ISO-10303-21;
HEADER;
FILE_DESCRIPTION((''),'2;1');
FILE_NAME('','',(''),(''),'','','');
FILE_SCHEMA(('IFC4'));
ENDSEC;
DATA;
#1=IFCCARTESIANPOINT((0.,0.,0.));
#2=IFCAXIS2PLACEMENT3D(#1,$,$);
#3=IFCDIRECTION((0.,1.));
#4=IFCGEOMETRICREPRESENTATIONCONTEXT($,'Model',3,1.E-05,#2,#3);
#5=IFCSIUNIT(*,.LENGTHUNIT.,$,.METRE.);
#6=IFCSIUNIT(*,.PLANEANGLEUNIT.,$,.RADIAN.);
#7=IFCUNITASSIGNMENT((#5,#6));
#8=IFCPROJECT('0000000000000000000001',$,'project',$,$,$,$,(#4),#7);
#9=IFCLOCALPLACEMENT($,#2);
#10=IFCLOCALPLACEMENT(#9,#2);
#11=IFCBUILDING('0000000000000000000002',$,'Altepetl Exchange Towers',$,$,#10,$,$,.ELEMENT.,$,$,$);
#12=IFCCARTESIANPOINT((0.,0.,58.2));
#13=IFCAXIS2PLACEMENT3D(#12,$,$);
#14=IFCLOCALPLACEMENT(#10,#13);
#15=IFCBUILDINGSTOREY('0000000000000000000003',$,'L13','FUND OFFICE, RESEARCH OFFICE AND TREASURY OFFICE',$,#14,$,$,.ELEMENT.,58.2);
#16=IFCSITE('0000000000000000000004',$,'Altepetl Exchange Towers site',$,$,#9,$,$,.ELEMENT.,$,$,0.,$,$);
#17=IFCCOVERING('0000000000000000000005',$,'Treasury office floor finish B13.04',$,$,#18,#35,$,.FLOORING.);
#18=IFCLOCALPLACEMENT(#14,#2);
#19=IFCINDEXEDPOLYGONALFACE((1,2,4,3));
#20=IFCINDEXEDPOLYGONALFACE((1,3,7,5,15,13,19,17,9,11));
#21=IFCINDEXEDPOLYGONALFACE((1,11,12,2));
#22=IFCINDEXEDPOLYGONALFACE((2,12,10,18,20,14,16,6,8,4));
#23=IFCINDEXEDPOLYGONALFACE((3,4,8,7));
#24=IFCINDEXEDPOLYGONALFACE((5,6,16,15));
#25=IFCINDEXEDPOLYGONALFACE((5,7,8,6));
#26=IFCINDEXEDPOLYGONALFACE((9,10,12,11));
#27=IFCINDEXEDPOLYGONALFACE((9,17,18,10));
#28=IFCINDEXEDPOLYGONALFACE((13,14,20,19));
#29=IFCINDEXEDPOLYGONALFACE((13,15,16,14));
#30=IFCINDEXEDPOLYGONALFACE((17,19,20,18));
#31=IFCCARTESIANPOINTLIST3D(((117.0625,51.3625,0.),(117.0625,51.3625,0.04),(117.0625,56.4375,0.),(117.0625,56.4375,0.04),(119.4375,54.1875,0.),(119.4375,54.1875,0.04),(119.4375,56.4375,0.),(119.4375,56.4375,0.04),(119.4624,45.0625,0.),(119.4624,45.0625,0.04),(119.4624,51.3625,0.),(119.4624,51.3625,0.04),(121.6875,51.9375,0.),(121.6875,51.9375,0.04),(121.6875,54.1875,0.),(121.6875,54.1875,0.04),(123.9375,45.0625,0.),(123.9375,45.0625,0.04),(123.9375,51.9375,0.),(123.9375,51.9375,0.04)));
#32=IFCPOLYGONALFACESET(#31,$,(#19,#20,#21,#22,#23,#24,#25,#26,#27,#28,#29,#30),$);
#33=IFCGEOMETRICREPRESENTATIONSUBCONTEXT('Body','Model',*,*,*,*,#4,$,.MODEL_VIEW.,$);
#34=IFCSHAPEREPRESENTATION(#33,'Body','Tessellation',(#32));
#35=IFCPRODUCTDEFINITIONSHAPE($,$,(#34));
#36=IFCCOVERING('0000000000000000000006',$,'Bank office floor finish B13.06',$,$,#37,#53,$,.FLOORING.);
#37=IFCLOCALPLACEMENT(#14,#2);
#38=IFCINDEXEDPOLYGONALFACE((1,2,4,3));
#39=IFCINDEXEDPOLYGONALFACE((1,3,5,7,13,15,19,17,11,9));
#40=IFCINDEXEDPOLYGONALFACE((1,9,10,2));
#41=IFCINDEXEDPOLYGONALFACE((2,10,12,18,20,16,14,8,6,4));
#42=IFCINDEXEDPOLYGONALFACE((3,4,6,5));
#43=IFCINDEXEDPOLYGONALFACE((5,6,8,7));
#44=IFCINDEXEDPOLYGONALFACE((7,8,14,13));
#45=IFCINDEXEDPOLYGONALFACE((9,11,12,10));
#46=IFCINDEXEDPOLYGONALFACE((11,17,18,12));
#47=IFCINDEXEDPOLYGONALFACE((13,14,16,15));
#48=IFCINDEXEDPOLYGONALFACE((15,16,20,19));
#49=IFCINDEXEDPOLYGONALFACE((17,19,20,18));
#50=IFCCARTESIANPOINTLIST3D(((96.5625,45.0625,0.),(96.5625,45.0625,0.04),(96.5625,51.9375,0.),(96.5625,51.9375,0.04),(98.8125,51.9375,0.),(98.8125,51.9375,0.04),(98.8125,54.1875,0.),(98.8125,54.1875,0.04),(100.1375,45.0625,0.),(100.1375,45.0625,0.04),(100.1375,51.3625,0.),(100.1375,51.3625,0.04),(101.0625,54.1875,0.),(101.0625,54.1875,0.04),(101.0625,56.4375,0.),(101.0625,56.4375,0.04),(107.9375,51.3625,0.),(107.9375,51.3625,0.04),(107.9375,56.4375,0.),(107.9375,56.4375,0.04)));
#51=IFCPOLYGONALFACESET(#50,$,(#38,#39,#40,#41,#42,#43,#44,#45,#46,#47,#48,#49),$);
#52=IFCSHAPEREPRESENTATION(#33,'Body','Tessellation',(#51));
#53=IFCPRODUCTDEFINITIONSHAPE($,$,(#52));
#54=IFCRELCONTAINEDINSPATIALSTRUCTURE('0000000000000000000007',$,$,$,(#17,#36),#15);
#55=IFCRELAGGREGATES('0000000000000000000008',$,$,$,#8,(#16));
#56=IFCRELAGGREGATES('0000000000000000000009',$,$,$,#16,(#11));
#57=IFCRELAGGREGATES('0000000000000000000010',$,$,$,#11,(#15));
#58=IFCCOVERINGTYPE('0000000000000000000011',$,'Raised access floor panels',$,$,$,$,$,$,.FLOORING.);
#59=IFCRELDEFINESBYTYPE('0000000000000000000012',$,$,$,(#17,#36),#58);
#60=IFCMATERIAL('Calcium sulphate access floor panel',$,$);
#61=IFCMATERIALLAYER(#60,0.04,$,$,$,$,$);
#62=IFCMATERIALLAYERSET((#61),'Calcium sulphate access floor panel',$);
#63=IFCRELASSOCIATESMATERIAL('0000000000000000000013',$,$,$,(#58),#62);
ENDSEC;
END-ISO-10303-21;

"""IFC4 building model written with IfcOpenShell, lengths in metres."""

from ifc_helpers import new_model, si_unit, direction, frame, origin, place, context, subcontext, project, spatial, polyline, outline, extrude, material, layer, layer_set, type_object, element, save


model = new_model("IFC4")

# Units and contexts
model_context = context("Model", 3, precision=1e-05, world=origin(), true_north=direction((0.0, 1.0)))
body_context = subcontext(model_context, "Body", "Model", "MODEL_VIEW")
ifc_project = project(units=[si_unit("LENGTHUNIT", "METRE"), si_unit("PLANEANGLEUNIT", "RADIAN")], contexts=[model_context])

# Site, building, storey
site_placement = place(None, origin())
site = spatial("IfcSite", under=ifc_project, at=site_placement, Name="Altepetl Exchange Towers site", CompositionType="ELEMENT", RefElevation=0.0)
building_placement = place(site_placement, origin())
building = spatial("IfcBuilding", under=site, at=building_placement, Name="Altepetl Exchange Towers", CompositionType="ELEMENT")
storey_placement = place(building_placement, frame((0.0, 0.0, 58.2)))
storey = spatial("IfcBuildingStorey", under=building, at=storey_placement, Name="L13", Description="FUND OFFICE, RESEARCH OFFICE AND TREASURY OFFICE", CompositionType="ELEMENT", Elevation=58.2)

# Coverings
ifc_material_1 = material(Name="Calcium sulphate access floor panel")
ifc_layer_1 = layer(ifc_material_1, 0.04)
ifc_layer_set_1 = layer_set([ifc_layer_1], Name="Calcium sulphate access floor panel")
covering_type_1 = type_object("IfcCoveringType", Name="Raised access floor panels", PredefinedType="FLOORING", material=ifc_layer_set_1)
covering_1_placement = place(storey_placement, origin())
element("IfcCovering", 1, at=covering_1_placement, inside=storey, type_object=covering_type_1, Name="Treasury office floor finish B13.04", PredefinedType="FLOORING", context=body_context, shape_type="SweptSolid", body=[
    extrude(outline(polyline([(117.0625, 56.4375), (117.0625, 51.3625), (119.4624, 51.3625), (119.4624, 45.0625), (123.9375, 45.0625), (123.9375, 51.9375), (121.6875, 51.9375), (121.6875, 54.1875), (119.4375, 54.1875), (119.4375, 56.4375), (117.0625, 56.4375)])), origin(), (0.0, 0.0, 1.0), 0.04),
])
covering_2_placement = place(storey_placement, origin())
element("IfcCovering", 2, at=covering_2_placement, inside=storey, type_object=covering_type_1, Name="Bank office floor finish B13.06", PredefinedType="FLOORING", context=body_context, shape_type="SweptSolid", body=[
    extrude(outline(polyline([(101.0625, 54.1875), (98.8125, 54.1875), (98.8125, 51.9375), (96.5625, 51.9375), (96.5625, 45.0625), (100.1375, 45.0625), (100.1375, 51.3625), (107.9375, 51.3625), (107.9375, 56.4375), (101.0625, 56.4375), (101.0625, 54.1875)])), origin(), (0.0, 0.0, 1.0), 0.04),
])

save(model, "model.ifc")
